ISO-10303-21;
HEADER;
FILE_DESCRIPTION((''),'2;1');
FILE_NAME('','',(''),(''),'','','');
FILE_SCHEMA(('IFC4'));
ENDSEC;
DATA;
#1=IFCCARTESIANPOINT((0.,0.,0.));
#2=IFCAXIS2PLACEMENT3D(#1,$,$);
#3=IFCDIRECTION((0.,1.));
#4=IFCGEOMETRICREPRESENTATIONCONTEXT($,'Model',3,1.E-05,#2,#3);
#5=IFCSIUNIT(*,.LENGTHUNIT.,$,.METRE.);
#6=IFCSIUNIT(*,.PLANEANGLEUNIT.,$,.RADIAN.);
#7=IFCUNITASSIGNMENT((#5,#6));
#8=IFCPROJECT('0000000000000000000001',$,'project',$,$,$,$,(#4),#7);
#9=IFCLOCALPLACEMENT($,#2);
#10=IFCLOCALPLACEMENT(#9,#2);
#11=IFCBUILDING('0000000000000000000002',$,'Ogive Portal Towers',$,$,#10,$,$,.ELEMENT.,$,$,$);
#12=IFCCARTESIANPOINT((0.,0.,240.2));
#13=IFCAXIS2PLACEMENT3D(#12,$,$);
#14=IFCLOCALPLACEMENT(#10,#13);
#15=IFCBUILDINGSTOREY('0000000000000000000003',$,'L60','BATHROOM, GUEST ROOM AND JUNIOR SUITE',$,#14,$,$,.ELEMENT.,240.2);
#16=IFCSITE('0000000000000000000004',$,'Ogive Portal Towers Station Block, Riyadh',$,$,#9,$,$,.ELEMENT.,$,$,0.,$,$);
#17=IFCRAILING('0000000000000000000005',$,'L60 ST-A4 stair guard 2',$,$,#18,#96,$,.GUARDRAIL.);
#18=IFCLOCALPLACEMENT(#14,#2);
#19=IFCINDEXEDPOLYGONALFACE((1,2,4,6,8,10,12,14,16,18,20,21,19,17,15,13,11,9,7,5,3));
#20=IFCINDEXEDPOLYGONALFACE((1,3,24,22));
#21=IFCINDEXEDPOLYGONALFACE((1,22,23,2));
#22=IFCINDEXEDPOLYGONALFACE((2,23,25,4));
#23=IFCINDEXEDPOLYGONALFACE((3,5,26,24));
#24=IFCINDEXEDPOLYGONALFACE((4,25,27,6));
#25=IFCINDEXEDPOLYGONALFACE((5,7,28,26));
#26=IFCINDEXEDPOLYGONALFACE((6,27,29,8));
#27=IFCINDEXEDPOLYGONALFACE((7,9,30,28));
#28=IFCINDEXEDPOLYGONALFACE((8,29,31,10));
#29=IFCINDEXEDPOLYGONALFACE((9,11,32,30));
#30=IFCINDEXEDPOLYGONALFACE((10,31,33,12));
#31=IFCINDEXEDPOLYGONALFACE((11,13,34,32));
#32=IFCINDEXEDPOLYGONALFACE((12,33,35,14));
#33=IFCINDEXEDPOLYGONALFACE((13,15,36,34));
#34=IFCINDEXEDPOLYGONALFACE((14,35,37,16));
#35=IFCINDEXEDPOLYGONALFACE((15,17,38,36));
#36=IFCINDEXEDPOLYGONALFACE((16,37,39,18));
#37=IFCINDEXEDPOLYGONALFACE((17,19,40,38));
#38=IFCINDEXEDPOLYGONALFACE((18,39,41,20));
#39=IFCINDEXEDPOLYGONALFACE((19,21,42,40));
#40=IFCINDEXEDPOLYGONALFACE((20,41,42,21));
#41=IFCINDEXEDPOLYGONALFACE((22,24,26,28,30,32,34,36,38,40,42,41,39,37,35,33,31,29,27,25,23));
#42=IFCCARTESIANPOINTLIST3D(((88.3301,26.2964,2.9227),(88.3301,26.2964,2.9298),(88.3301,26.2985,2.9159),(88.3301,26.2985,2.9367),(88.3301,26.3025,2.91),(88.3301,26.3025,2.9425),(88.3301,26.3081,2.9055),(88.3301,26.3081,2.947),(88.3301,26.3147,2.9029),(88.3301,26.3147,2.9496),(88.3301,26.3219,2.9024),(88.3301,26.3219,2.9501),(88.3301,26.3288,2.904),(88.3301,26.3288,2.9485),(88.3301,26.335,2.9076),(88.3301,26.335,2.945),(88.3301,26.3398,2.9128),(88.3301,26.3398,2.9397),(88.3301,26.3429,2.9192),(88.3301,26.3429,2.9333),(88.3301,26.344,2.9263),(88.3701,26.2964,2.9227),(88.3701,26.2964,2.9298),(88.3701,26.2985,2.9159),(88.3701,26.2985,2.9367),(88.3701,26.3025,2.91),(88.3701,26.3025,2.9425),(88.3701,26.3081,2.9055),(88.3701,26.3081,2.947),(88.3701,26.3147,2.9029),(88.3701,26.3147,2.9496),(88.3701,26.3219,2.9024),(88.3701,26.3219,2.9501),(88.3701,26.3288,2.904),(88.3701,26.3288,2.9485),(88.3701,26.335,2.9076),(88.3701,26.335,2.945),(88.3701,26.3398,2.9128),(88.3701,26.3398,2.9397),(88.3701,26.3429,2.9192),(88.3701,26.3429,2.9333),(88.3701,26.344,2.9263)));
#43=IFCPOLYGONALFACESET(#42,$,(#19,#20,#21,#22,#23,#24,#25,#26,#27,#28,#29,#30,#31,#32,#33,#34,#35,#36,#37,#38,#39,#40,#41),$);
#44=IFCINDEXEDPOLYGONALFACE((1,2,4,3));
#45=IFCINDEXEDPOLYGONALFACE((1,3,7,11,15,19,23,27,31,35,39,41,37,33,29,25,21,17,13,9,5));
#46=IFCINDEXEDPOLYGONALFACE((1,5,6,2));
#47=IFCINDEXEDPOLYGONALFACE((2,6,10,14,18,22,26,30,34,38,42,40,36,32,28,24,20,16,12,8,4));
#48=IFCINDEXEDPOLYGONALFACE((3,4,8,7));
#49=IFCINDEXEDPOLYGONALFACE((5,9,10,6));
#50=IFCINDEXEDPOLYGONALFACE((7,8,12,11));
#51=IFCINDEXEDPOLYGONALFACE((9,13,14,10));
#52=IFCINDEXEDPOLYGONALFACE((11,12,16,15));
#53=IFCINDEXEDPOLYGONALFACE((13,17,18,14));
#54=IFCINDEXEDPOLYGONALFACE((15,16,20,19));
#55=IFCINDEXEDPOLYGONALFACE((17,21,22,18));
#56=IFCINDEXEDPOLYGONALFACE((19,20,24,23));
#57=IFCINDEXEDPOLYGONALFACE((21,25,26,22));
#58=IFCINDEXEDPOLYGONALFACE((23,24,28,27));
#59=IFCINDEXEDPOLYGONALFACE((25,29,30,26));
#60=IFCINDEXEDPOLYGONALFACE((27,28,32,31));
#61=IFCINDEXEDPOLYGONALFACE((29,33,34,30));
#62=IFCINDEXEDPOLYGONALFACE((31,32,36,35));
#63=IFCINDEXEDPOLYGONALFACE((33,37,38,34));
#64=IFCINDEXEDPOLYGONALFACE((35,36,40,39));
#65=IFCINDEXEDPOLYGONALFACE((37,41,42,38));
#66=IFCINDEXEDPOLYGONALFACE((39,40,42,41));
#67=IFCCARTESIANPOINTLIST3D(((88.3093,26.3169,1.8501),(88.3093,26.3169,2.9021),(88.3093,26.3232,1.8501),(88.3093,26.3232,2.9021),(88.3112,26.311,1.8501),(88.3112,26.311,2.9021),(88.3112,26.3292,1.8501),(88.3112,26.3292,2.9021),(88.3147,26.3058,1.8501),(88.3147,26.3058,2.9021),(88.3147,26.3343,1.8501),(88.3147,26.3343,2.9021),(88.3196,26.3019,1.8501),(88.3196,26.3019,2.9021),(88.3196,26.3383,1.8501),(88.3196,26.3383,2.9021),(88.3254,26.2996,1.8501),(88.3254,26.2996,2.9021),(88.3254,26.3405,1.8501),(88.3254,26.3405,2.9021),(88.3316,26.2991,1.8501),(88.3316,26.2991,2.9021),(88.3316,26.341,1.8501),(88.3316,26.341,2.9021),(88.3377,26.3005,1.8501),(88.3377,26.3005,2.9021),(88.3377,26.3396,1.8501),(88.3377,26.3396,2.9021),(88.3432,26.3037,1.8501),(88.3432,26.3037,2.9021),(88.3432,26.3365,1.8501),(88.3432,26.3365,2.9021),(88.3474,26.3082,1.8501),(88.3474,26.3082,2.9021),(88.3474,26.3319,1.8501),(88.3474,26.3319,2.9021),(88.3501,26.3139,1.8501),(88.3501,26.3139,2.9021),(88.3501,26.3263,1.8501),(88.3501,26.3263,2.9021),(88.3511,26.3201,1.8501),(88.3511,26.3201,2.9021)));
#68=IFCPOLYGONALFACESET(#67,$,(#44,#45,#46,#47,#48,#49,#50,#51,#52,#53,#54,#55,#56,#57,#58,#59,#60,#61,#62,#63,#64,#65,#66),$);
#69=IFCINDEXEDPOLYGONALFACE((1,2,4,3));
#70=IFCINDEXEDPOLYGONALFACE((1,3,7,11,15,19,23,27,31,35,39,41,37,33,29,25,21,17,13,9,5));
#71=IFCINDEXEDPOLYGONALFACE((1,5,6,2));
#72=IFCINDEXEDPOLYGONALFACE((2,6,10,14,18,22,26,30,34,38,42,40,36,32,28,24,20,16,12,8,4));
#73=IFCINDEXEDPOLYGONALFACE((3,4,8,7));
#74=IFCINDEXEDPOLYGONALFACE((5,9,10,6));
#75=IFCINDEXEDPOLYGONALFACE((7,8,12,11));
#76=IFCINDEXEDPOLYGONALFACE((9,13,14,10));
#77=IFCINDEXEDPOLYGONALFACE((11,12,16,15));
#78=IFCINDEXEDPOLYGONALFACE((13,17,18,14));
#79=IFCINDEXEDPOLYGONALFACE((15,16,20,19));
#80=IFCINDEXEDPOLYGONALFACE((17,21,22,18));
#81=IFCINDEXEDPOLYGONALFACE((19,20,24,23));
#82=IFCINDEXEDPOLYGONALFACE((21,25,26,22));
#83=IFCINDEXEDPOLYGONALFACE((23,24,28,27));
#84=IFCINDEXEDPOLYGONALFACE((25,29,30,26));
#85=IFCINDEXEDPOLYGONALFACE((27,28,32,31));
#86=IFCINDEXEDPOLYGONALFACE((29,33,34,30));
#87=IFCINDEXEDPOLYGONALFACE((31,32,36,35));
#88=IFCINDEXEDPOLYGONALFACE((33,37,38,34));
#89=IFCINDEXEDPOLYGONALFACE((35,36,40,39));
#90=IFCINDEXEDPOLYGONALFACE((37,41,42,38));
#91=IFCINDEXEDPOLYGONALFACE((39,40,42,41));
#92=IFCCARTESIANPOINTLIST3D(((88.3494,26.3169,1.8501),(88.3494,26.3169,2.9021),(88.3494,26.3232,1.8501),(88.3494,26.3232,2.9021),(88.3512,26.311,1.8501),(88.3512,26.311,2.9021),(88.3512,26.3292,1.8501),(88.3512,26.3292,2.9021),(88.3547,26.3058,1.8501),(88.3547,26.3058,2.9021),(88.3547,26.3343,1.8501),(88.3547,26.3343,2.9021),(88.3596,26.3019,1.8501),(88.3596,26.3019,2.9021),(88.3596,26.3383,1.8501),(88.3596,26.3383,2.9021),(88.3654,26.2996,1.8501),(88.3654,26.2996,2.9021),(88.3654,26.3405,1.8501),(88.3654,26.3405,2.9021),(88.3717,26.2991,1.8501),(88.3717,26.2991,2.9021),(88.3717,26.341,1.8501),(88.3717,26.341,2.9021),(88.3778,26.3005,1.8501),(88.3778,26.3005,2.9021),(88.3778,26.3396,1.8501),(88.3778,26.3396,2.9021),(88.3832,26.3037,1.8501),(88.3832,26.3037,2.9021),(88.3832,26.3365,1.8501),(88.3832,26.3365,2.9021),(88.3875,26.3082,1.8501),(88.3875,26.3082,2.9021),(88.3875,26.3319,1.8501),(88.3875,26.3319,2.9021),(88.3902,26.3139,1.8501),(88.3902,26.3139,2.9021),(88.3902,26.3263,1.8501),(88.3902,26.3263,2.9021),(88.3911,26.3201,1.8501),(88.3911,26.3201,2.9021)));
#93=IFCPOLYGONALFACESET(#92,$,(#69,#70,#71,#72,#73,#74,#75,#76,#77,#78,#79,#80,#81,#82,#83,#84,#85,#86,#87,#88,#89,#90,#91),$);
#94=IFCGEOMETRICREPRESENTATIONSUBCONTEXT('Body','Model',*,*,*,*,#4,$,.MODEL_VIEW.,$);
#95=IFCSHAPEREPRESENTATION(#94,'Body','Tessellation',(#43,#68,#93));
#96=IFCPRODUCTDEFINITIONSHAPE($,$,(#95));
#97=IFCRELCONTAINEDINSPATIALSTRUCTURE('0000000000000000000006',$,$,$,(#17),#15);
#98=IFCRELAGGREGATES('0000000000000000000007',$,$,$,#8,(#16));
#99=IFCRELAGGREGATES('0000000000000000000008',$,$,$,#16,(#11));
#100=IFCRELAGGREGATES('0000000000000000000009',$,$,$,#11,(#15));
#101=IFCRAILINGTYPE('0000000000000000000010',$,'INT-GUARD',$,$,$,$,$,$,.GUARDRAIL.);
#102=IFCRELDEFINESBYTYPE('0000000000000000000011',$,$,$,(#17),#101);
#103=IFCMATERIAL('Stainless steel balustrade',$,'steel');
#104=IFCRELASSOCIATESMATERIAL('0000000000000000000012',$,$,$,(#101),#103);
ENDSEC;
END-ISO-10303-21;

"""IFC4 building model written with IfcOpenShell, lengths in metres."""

from ifc_helpers import new_model, si_unit, direction, frame, origin, origin_2d, place, context, subcontext, project, spatial, circle, extrude, material, type_object, element, save


model = new_model("IFC4")

# Units and contexts
model_context = context("Model", 3, precision=1e-05, world=origin(), true_north=direction((0.0, 1.0)))
body_context = subcontext(model_context, "Body", "Model", "MODEL_VIEW")
ifc_project = project(units=[si_unit("LENGTHUNIT", "METRE"), si_unit("PLANEANGLEUNIT", "RADIAN")], contexts=[model_context])

# Site, building, storey
site_placement = place(None, origin())
site = spatial("IfcSite", under=ifc_project, at=site_placement, Name="Ogive Portal Towers Station Block, Riyadh", CompositionType="ELEMENT", RefElevation=0.0)
building_placement = place(site_placement, origin())
building = spatial("IfcBuilding", under=site, at=building_placement, Name="Ogive Portal Towers", CompositionType="ELEMENT")
storey_placement = place(building_placement, frame((0.0, 0.0, 240.2)))
storey = spatial("IfcBuildingStorey", under=building, at=storey_placement, Name="L60", Description="BATHROOM, GUEST ROOM AND JUNIOR SUITE", CompositionType="ELEMENT", Elevation=240.2)

# Railing
ifc_material_1 = material(Name="Stainless steel balustrade", Category="steel")
railing_type_1 = type_object("IfcRailingType", Name="INT-GUARD", PredefinedType="GUARDRAIL", material=ifc_material_1)
railing_1_placement = place(storey_placement, frame((88.3301, 26.3201, 1.8501)))
element("IfcRailing", 1, at=railing_1_placement, inside=storey, type_object=railing_type_1, Name="L60 ST-A4 stair guard 2", PredefinedType="GUARDRAIL", context=body_context, shape_type="SweptSolid", body=[
    extrude(circle(Radius=0.0239, at=origin_2d()), frame((0.0, 0.0, 1.0762), z_axis=(1.0, 0.0, 0.0), x_axis=(0.0, 1.0, 0.0)), (0.0, 0.0, 1.0), 0.04),
    extrude(circle(Radius=0.021, at=origin_2d()), origin(), (0.0, 0.0, 1.0), 1.052),
    extrude(circle(Radius=0.021, at=origin_2d()), frame((0.04, 0.0, 0.0)), (0.0, 0.0, 1.0), 1.052),
])

save(model, "model.ifc")
